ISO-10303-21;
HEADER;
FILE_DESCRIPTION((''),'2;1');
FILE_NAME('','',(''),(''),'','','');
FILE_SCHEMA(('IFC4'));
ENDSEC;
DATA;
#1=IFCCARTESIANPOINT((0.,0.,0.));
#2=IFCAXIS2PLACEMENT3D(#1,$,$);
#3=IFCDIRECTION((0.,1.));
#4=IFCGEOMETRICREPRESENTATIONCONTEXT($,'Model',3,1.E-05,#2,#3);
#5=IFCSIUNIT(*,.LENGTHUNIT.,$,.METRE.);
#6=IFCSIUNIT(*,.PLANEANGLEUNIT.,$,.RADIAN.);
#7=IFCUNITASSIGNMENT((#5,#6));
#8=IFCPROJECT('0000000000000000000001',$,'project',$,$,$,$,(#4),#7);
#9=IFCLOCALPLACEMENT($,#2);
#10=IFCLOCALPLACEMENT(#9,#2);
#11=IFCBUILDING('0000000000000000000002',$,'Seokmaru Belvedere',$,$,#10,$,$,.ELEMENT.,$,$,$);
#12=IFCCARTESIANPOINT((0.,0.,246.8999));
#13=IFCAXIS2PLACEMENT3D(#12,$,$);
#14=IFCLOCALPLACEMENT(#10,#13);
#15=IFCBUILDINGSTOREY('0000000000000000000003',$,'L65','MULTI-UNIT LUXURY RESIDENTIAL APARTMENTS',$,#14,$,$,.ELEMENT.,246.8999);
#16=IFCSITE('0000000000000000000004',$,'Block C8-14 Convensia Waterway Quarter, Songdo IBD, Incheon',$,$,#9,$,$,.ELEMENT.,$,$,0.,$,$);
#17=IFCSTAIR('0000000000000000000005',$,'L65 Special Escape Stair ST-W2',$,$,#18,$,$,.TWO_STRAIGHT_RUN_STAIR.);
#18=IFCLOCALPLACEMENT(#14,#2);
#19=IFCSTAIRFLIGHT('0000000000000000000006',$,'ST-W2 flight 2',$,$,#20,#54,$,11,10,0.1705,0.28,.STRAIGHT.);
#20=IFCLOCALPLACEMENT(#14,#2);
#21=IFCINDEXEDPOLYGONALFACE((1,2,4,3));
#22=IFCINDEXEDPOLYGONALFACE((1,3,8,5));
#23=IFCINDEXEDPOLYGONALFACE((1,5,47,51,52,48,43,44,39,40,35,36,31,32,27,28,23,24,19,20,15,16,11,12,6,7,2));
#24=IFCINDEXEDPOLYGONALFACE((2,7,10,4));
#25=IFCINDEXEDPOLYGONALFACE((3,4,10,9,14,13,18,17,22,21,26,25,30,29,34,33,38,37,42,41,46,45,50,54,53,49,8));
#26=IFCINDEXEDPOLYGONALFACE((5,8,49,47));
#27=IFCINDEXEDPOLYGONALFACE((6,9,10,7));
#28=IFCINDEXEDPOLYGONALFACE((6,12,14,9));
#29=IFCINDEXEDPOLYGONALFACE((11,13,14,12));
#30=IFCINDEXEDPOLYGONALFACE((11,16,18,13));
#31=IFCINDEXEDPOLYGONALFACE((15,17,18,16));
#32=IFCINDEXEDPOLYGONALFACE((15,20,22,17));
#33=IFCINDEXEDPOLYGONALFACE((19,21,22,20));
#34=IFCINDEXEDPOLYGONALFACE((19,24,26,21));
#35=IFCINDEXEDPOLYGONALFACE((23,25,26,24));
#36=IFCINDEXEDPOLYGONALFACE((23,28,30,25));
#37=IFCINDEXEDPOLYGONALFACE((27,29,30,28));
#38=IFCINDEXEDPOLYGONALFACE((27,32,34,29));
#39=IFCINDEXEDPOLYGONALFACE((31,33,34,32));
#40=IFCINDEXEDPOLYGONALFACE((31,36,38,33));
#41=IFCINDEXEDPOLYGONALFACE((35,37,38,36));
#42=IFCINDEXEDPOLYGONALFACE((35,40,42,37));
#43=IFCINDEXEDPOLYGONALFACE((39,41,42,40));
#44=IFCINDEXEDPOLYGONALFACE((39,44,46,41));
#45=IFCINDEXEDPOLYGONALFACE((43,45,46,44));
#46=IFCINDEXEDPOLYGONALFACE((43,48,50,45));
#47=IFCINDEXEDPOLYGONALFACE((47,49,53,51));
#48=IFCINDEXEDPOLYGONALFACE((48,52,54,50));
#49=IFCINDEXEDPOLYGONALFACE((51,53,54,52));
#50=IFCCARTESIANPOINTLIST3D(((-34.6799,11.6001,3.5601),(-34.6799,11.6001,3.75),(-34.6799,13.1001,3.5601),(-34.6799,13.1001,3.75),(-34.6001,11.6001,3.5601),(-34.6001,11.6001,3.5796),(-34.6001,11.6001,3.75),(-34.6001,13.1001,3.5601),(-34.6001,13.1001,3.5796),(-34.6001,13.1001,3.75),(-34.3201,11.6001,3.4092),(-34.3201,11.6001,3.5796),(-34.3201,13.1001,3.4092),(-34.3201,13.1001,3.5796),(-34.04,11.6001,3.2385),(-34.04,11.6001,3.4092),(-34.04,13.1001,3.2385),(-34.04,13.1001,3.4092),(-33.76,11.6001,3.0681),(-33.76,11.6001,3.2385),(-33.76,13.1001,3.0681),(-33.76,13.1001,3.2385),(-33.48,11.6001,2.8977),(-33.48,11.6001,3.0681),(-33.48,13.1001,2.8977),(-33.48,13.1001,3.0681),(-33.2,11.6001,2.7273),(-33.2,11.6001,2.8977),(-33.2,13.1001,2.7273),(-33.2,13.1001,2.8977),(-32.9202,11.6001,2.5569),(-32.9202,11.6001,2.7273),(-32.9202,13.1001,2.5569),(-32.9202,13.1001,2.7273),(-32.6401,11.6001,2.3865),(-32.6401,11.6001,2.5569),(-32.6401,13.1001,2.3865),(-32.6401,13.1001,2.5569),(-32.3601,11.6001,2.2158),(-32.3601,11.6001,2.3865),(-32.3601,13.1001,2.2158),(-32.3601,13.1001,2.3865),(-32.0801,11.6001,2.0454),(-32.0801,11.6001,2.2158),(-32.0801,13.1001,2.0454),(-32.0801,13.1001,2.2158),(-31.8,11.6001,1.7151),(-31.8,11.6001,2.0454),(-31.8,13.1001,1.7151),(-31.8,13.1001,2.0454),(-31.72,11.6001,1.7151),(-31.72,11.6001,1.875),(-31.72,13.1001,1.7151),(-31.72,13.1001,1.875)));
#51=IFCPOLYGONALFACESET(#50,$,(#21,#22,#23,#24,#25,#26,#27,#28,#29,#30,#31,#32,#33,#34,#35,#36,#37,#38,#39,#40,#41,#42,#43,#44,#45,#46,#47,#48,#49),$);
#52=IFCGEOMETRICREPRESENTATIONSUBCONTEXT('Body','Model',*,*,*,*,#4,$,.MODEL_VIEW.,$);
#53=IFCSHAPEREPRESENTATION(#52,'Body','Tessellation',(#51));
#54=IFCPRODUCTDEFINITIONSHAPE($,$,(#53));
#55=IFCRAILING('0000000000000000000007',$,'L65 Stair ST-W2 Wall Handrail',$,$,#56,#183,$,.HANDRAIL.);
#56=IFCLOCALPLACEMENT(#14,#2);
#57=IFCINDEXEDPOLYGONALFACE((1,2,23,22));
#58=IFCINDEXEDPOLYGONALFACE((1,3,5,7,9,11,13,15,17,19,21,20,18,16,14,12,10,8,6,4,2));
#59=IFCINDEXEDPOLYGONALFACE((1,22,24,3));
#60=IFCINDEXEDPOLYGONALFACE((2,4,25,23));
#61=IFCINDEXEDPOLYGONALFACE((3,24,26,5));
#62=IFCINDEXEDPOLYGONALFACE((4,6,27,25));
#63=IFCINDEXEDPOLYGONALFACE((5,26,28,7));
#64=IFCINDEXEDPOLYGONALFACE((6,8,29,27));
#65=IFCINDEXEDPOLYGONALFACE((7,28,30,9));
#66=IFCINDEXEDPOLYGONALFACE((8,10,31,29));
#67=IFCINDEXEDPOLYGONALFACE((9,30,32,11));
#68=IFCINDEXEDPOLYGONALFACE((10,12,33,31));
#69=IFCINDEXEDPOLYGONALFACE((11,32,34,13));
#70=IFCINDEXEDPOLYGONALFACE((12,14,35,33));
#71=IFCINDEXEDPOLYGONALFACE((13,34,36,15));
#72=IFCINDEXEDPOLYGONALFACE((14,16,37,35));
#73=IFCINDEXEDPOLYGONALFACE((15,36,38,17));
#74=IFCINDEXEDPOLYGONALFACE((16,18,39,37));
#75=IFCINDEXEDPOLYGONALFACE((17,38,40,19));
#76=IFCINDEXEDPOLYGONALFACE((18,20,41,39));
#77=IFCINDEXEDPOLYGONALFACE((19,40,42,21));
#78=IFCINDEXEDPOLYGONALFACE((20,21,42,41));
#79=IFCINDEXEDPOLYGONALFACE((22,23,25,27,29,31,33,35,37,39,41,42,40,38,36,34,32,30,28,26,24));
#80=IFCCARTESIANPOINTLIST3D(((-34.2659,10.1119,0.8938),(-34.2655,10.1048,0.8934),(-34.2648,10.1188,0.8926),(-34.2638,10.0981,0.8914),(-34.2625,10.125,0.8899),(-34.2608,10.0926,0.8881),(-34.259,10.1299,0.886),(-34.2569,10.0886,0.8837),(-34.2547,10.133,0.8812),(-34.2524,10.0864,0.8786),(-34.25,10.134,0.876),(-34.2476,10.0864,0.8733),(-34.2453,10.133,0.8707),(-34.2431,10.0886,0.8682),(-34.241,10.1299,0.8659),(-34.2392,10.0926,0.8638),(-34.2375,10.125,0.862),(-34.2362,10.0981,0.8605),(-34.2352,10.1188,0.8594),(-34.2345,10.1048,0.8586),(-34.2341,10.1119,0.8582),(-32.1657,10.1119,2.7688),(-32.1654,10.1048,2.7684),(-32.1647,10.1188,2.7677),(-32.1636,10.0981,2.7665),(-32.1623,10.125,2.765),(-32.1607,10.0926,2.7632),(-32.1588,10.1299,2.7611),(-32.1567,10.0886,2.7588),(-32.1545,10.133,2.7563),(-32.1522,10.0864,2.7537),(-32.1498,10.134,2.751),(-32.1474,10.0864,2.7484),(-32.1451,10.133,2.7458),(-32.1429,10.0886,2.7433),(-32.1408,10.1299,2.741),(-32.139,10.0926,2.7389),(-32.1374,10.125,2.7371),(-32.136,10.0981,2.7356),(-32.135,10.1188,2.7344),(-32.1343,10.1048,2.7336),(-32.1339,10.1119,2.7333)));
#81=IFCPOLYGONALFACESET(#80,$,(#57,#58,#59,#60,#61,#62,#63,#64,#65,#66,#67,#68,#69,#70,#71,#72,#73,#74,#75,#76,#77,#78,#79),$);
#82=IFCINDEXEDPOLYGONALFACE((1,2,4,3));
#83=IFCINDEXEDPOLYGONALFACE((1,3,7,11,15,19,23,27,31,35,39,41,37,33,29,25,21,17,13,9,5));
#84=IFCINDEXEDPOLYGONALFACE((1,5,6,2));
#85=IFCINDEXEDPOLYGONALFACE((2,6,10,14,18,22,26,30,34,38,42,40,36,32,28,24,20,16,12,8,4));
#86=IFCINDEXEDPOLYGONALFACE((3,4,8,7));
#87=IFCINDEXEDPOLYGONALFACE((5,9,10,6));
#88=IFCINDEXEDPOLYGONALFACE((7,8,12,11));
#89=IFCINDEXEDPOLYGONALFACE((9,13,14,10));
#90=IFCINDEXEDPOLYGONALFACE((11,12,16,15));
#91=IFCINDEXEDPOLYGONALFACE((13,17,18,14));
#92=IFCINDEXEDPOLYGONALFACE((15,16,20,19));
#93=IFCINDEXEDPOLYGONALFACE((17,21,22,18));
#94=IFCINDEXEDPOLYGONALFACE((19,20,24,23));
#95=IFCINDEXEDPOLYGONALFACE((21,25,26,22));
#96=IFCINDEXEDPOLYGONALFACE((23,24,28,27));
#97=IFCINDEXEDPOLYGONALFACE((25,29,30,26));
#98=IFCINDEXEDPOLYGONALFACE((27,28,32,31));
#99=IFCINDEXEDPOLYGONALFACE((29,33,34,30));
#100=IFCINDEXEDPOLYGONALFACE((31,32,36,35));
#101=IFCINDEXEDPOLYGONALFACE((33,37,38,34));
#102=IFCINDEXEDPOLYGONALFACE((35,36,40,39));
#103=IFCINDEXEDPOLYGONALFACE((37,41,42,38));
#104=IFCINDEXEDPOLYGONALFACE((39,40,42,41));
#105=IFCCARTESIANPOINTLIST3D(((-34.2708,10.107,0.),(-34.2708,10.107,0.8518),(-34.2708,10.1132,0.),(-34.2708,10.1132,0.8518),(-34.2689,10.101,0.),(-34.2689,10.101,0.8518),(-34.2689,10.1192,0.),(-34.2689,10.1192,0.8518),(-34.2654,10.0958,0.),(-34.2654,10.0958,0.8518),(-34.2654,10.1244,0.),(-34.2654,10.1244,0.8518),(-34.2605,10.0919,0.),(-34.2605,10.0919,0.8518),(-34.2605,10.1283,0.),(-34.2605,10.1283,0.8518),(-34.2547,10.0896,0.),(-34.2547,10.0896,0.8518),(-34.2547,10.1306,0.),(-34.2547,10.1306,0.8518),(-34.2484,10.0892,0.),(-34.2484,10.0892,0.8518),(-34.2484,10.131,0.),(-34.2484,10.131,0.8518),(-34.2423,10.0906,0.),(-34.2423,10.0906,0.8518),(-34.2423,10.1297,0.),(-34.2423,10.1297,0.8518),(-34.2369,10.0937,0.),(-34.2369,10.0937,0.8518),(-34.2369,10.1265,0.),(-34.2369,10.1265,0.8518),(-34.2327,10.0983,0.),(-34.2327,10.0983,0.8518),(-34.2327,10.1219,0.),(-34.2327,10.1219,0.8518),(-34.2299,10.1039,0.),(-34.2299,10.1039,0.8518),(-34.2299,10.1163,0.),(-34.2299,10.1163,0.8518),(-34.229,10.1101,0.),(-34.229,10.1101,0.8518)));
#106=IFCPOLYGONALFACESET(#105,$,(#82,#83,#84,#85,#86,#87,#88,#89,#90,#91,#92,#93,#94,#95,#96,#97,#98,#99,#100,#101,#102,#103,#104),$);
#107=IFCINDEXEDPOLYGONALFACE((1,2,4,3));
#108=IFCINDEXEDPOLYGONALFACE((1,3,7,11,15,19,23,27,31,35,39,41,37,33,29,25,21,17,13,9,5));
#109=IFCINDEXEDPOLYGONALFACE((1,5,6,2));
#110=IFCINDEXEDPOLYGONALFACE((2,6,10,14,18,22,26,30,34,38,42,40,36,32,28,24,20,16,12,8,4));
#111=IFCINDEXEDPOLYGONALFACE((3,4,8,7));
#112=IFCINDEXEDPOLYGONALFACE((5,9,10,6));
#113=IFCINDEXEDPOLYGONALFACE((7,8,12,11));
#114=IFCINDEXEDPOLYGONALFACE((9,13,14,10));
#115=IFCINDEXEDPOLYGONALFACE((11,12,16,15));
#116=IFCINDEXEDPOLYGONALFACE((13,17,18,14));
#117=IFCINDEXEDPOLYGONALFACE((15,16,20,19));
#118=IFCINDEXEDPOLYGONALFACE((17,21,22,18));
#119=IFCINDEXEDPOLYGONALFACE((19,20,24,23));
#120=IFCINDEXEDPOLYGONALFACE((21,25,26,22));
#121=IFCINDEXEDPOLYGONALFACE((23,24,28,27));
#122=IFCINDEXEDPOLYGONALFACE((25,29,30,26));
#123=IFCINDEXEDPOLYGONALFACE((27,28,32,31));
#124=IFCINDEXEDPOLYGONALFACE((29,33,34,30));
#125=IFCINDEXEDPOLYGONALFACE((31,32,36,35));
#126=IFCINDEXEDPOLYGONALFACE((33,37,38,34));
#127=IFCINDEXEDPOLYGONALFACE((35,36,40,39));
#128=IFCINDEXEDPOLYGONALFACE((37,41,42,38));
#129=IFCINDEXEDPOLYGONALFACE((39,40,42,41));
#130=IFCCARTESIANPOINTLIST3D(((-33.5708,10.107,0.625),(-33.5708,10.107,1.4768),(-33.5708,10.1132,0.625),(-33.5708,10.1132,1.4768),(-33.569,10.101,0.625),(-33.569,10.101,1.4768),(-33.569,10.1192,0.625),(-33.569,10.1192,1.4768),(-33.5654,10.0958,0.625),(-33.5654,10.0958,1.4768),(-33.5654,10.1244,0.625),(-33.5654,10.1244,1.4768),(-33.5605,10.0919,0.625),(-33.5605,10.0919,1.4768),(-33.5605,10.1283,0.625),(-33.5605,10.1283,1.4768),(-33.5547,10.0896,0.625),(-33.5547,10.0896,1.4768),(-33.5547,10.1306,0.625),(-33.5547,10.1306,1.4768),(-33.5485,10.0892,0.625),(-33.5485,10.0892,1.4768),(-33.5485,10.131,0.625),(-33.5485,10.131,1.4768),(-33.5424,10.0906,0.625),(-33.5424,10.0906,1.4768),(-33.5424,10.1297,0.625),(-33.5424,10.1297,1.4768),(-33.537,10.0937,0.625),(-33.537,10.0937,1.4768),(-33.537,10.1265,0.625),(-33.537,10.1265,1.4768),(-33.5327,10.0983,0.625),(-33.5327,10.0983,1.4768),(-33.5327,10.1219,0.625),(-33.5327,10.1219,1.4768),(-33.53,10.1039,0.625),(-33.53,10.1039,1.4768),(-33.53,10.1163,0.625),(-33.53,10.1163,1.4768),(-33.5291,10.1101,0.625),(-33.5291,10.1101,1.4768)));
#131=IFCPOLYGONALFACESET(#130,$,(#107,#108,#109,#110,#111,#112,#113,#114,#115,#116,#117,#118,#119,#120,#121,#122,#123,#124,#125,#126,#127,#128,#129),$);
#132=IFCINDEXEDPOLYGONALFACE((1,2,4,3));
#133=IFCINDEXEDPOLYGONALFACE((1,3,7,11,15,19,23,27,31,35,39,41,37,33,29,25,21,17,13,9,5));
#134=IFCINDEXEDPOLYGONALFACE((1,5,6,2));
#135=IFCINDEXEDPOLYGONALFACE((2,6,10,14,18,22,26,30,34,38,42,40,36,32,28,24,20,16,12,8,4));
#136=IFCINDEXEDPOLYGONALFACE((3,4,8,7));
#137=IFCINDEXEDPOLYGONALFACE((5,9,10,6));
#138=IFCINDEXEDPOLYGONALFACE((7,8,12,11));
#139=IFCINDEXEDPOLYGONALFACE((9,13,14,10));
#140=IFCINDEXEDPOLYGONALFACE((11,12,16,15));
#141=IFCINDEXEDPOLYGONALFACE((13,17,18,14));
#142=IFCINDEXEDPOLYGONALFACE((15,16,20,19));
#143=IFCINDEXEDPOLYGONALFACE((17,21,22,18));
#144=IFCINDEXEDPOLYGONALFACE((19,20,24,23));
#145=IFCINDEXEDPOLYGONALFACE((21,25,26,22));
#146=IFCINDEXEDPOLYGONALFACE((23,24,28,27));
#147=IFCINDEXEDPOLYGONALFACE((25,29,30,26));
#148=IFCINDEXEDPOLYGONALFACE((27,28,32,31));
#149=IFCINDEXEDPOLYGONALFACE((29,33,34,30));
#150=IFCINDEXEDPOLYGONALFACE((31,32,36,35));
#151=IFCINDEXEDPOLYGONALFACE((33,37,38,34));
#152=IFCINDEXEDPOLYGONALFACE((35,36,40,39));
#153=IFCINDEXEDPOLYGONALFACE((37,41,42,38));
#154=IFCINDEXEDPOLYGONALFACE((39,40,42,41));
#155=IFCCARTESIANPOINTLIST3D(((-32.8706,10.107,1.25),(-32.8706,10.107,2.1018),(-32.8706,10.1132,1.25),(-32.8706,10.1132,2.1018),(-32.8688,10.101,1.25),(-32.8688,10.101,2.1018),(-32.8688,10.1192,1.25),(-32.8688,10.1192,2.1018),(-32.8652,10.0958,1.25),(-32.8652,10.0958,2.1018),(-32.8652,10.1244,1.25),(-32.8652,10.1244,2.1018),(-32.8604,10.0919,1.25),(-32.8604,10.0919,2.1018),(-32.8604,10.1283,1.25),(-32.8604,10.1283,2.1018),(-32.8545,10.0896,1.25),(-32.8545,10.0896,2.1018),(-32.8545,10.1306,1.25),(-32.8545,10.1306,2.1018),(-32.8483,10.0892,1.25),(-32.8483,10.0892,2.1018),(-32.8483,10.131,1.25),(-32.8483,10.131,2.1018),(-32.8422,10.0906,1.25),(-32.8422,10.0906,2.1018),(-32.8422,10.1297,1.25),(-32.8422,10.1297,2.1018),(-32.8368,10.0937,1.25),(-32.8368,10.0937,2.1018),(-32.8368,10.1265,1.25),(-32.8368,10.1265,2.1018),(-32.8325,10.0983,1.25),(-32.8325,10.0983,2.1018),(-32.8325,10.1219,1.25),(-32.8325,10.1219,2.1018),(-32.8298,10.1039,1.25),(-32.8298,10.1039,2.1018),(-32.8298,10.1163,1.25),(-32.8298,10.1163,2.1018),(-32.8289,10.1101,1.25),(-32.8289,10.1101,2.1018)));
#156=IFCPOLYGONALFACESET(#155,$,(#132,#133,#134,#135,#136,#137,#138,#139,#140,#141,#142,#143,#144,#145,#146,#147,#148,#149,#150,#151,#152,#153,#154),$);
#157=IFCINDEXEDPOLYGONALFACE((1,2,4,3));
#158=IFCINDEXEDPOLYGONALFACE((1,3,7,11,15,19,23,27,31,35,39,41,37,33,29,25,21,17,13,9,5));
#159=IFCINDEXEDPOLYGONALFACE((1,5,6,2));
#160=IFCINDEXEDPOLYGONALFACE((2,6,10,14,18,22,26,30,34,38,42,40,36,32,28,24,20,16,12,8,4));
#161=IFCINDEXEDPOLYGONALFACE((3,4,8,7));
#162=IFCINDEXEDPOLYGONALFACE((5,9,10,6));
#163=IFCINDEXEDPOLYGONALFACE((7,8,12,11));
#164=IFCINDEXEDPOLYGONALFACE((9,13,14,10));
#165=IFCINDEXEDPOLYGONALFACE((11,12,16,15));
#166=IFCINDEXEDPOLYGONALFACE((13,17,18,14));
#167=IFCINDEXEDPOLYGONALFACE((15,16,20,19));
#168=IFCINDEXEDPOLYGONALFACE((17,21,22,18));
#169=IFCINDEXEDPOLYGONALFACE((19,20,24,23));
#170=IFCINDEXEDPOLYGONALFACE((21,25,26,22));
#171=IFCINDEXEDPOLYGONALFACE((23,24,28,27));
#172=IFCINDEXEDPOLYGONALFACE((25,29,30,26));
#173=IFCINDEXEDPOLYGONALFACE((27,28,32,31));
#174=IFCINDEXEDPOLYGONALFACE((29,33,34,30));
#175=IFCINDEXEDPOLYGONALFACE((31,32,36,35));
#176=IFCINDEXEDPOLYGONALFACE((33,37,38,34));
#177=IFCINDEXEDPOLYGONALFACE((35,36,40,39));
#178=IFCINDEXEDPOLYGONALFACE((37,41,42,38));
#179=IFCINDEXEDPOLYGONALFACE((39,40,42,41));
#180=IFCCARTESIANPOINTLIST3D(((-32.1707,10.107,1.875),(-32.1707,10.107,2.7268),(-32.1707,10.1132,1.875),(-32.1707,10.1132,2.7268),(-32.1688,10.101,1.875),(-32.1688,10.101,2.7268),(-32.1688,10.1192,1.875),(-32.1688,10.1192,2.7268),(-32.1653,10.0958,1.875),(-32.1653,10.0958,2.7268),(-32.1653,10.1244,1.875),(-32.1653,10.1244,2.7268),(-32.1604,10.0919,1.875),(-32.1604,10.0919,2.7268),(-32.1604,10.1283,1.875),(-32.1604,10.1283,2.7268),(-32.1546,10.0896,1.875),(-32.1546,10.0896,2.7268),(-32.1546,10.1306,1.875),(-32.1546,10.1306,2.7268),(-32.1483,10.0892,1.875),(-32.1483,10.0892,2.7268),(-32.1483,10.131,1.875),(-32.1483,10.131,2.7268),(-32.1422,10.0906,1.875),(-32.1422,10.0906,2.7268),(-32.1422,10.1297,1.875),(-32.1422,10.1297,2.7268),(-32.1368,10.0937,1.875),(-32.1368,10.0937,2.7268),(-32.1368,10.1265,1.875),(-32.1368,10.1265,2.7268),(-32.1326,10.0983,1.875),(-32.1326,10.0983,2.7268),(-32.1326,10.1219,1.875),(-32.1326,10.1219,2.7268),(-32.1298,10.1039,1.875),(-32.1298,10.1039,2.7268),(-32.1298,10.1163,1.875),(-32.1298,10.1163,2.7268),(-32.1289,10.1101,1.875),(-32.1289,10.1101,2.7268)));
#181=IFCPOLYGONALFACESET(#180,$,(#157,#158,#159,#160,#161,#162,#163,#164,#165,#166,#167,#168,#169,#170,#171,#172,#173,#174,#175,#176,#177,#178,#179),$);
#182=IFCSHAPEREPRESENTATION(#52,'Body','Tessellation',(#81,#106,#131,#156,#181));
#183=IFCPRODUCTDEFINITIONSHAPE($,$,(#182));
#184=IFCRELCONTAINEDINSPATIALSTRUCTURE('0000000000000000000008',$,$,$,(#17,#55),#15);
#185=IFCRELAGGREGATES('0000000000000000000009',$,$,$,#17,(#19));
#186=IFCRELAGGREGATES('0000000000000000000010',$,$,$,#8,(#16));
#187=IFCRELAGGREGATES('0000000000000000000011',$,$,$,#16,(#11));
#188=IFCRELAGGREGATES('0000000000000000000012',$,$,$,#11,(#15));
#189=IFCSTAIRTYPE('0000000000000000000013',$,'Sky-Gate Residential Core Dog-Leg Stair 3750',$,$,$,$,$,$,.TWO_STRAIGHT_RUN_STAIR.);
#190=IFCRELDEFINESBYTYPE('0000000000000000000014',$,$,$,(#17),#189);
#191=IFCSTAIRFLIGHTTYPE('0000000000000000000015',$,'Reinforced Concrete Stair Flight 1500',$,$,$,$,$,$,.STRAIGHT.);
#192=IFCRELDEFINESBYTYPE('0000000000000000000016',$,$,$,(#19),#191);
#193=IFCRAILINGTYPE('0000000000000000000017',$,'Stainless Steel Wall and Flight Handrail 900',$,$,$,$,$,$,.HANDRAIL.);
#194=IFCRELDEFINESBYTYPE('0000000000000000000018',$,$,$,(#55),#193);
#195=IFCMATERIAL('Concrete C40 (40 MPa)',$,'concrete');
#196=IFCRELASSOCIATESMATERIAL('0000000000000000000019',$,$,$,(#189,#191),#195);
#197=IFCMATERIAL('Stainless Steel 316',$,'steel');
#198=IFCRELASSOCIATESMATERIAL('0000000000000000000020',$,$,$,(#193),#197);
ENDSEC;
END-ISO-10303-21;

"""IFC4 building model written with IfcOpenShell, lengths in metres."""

from ifc_helpers import new_model, si_unit, direction, frame, origin, origin_2d, place, context, subcontext, project, spatial, polyline, circle, outline, extrude, material, type_object, element, aggregate, save


model = new_model("IFC4")

# Units and contexts
model_context = context("Model", 3, precision=1e-05, world=origin(), true_north=direction((0.0, 1.0)))
body_context = subcontext(model_context, "Body", "Model", "MODEL_VIEW")
ifc_project = project(units=[si_unit("LENGTHUNIT", "METRE"), si_unit("PLANEANGLEUNIT", "RADIAN")], contexts=[model_context])

# Site, building, storey
site_placement = place(None, origin())
site = spatial("IfcSite", under=ifc_project, at=site_placement, Name="Block C8-14 Convensia Waterway Quarter, Songdo IBD, Incheon", CompositionType="ELEMENT", RefElevation=0.0)
building_placement = place(site_placement, origin())
building = spatial("IfcBuilding", under=site, at=building_placement, Name="Seokmaru Belvedere", CompositionType="ELEMENT")
storey_placement = place(building_placement, frame((0.0, 0.0, 246.8999)))
storey = spatial("IfcBuildingStorey", under=building, at=storey_placement, Name="L65", Description="MULTI-UNIT LUXURY RESIDENTIAL APARTMENTS", CompositionType="ELEMENT", Elevation=246.8999)

# Stair, stair flight
ifc_material_1 = material(Name="Concrete C40 (40 MPa)", Category="concrete")
stair_type = type_object("IfcStairType", Name="Sky-Gate Residential Core Dog-Leg Stair 3750", PredefinedType="TWO_STRAIGHT_RUN_STAIR", material=ifc_material_1)
stair_placement = place(storey_placement, origin())
stair = element("IfcStair", 1, at=stair_placement, inside=storey, type_object=stair_type, Name="L65 Special Escape Stair ST-W2", PredefinedType="TWO_STRAIGHT_RUN_STAIR")
stair_flight_type = type_object("IfcStairFlightType", Name="Reinforced Concrete Stair Flight 1500", PredefinedType="STRAIGHT", material=ifc_material_1)
stair_flight_1_placement = place(storey_placement, frame((-31.8, 12.3501, 1.875), z_axis=(0.0, 0.0, 1.0), x_axis=(-1.0, 0.0, 0.0)))
stair_flight_1 = element("IfcStairFlight", 2, at=stair_flight_1_placement, type_object=stair_flight_type, Name="ST-W2 flight 2", NumberOfRisers=11, NumberOfTreads=10, PredefinedType="STRAIGHT", RiserHeight=0.1705, TreadLength=0.28, context=body_context, shape_type="SweptSolid", body=[
    extrude(outline(polyline([(-0.0801, 0.0), (0.0, 0.1704), (0.28, 0.1704), (0.28, 0.3408), (0.5601, 0.3408), (0.5601, 0.5115), (0.8401, 0.5115), (0.8401, 0.6819), (1.1201, 0.6819), (1.1201, 0.8523), (1.3999, 0.8523), (1.3999, 1.0227), (1.6799, 1.0227), (1.6799, 1.1931), (1.96, 1.1931), (1.96, 1.3635), (2.24, 1.3635), (2.24, 1.5342), (2.52, 1.5342), (2.52, 1.7046), (2.8, 1.7046), (2.8, 1.875), (2.8799, 1.875), (2.8799, 1.6851), (2.8, 1.6851), (0.0, -0.1599), (-0.0801, -0.1599), (-0.0801, 0.0)])), frame((0.0, 0.75, 0.0), z_axis=(0.0, -1.0, 0.0), x_axis=(1.0, 0.0, 0.0)), (0.0, 0.0, 1.0), 1.5),
])
aggregate(stair, [stair_flight_1])

# Railing
ifc_material_2 = material(Name="Stainless Steel 316", Category="steel")
railing_type_1 = type_object("IfcRailingType", Name="Stainless Steel Wall and Flight Handrail 900", PredefinedType="HANDRAIL", material=ifc_material_2)
railing_1_placement = place(storey_placement, frame((-34.25, 10.1101, 0.0)))
element("IfcRailing", 3, at=railing_1_placement, inside=storey, type_object=railing_type_1, Name="L65 Stair ST-W2 Wall Handrail", PredefinedType="HANDRAIL", context=body_context, shape_type="SweptSolid", body=[
    extrude(circle(Radius=0.0239, at=origin_2d()), frame((0.0, 0.0, 0.876), z_axis=(0.745953, 0.0, 0.665999), x_axis=(0.0, 1.0, 0.0)), (0.0, 0.0, 1.0), 2.8154),
    extrude(circle(Radius=0.021, at=origin_2d()), origin(), (0.0, 0.0, 1.0), 0.8518),
    extrude(circle(Radius=0.021, at=origin_2d()), frame((0.7, 0.0, 0.625)), (0.0, 0.0, 1.0), 0.8518),
    extrude(circle(Radius=0.021, at=origin_2d()), frame((1.4001, 0.0, 1.25)), (0.0, 0.0, 1.0), 0.8518),
    extrude(circle(Radius=0.021, at=origin_2d()), frame((2.1001, 0.0, 1.875)), (0.0, 0.0, 1.0), 0.8518),
])

save(model, "model.ifc")
